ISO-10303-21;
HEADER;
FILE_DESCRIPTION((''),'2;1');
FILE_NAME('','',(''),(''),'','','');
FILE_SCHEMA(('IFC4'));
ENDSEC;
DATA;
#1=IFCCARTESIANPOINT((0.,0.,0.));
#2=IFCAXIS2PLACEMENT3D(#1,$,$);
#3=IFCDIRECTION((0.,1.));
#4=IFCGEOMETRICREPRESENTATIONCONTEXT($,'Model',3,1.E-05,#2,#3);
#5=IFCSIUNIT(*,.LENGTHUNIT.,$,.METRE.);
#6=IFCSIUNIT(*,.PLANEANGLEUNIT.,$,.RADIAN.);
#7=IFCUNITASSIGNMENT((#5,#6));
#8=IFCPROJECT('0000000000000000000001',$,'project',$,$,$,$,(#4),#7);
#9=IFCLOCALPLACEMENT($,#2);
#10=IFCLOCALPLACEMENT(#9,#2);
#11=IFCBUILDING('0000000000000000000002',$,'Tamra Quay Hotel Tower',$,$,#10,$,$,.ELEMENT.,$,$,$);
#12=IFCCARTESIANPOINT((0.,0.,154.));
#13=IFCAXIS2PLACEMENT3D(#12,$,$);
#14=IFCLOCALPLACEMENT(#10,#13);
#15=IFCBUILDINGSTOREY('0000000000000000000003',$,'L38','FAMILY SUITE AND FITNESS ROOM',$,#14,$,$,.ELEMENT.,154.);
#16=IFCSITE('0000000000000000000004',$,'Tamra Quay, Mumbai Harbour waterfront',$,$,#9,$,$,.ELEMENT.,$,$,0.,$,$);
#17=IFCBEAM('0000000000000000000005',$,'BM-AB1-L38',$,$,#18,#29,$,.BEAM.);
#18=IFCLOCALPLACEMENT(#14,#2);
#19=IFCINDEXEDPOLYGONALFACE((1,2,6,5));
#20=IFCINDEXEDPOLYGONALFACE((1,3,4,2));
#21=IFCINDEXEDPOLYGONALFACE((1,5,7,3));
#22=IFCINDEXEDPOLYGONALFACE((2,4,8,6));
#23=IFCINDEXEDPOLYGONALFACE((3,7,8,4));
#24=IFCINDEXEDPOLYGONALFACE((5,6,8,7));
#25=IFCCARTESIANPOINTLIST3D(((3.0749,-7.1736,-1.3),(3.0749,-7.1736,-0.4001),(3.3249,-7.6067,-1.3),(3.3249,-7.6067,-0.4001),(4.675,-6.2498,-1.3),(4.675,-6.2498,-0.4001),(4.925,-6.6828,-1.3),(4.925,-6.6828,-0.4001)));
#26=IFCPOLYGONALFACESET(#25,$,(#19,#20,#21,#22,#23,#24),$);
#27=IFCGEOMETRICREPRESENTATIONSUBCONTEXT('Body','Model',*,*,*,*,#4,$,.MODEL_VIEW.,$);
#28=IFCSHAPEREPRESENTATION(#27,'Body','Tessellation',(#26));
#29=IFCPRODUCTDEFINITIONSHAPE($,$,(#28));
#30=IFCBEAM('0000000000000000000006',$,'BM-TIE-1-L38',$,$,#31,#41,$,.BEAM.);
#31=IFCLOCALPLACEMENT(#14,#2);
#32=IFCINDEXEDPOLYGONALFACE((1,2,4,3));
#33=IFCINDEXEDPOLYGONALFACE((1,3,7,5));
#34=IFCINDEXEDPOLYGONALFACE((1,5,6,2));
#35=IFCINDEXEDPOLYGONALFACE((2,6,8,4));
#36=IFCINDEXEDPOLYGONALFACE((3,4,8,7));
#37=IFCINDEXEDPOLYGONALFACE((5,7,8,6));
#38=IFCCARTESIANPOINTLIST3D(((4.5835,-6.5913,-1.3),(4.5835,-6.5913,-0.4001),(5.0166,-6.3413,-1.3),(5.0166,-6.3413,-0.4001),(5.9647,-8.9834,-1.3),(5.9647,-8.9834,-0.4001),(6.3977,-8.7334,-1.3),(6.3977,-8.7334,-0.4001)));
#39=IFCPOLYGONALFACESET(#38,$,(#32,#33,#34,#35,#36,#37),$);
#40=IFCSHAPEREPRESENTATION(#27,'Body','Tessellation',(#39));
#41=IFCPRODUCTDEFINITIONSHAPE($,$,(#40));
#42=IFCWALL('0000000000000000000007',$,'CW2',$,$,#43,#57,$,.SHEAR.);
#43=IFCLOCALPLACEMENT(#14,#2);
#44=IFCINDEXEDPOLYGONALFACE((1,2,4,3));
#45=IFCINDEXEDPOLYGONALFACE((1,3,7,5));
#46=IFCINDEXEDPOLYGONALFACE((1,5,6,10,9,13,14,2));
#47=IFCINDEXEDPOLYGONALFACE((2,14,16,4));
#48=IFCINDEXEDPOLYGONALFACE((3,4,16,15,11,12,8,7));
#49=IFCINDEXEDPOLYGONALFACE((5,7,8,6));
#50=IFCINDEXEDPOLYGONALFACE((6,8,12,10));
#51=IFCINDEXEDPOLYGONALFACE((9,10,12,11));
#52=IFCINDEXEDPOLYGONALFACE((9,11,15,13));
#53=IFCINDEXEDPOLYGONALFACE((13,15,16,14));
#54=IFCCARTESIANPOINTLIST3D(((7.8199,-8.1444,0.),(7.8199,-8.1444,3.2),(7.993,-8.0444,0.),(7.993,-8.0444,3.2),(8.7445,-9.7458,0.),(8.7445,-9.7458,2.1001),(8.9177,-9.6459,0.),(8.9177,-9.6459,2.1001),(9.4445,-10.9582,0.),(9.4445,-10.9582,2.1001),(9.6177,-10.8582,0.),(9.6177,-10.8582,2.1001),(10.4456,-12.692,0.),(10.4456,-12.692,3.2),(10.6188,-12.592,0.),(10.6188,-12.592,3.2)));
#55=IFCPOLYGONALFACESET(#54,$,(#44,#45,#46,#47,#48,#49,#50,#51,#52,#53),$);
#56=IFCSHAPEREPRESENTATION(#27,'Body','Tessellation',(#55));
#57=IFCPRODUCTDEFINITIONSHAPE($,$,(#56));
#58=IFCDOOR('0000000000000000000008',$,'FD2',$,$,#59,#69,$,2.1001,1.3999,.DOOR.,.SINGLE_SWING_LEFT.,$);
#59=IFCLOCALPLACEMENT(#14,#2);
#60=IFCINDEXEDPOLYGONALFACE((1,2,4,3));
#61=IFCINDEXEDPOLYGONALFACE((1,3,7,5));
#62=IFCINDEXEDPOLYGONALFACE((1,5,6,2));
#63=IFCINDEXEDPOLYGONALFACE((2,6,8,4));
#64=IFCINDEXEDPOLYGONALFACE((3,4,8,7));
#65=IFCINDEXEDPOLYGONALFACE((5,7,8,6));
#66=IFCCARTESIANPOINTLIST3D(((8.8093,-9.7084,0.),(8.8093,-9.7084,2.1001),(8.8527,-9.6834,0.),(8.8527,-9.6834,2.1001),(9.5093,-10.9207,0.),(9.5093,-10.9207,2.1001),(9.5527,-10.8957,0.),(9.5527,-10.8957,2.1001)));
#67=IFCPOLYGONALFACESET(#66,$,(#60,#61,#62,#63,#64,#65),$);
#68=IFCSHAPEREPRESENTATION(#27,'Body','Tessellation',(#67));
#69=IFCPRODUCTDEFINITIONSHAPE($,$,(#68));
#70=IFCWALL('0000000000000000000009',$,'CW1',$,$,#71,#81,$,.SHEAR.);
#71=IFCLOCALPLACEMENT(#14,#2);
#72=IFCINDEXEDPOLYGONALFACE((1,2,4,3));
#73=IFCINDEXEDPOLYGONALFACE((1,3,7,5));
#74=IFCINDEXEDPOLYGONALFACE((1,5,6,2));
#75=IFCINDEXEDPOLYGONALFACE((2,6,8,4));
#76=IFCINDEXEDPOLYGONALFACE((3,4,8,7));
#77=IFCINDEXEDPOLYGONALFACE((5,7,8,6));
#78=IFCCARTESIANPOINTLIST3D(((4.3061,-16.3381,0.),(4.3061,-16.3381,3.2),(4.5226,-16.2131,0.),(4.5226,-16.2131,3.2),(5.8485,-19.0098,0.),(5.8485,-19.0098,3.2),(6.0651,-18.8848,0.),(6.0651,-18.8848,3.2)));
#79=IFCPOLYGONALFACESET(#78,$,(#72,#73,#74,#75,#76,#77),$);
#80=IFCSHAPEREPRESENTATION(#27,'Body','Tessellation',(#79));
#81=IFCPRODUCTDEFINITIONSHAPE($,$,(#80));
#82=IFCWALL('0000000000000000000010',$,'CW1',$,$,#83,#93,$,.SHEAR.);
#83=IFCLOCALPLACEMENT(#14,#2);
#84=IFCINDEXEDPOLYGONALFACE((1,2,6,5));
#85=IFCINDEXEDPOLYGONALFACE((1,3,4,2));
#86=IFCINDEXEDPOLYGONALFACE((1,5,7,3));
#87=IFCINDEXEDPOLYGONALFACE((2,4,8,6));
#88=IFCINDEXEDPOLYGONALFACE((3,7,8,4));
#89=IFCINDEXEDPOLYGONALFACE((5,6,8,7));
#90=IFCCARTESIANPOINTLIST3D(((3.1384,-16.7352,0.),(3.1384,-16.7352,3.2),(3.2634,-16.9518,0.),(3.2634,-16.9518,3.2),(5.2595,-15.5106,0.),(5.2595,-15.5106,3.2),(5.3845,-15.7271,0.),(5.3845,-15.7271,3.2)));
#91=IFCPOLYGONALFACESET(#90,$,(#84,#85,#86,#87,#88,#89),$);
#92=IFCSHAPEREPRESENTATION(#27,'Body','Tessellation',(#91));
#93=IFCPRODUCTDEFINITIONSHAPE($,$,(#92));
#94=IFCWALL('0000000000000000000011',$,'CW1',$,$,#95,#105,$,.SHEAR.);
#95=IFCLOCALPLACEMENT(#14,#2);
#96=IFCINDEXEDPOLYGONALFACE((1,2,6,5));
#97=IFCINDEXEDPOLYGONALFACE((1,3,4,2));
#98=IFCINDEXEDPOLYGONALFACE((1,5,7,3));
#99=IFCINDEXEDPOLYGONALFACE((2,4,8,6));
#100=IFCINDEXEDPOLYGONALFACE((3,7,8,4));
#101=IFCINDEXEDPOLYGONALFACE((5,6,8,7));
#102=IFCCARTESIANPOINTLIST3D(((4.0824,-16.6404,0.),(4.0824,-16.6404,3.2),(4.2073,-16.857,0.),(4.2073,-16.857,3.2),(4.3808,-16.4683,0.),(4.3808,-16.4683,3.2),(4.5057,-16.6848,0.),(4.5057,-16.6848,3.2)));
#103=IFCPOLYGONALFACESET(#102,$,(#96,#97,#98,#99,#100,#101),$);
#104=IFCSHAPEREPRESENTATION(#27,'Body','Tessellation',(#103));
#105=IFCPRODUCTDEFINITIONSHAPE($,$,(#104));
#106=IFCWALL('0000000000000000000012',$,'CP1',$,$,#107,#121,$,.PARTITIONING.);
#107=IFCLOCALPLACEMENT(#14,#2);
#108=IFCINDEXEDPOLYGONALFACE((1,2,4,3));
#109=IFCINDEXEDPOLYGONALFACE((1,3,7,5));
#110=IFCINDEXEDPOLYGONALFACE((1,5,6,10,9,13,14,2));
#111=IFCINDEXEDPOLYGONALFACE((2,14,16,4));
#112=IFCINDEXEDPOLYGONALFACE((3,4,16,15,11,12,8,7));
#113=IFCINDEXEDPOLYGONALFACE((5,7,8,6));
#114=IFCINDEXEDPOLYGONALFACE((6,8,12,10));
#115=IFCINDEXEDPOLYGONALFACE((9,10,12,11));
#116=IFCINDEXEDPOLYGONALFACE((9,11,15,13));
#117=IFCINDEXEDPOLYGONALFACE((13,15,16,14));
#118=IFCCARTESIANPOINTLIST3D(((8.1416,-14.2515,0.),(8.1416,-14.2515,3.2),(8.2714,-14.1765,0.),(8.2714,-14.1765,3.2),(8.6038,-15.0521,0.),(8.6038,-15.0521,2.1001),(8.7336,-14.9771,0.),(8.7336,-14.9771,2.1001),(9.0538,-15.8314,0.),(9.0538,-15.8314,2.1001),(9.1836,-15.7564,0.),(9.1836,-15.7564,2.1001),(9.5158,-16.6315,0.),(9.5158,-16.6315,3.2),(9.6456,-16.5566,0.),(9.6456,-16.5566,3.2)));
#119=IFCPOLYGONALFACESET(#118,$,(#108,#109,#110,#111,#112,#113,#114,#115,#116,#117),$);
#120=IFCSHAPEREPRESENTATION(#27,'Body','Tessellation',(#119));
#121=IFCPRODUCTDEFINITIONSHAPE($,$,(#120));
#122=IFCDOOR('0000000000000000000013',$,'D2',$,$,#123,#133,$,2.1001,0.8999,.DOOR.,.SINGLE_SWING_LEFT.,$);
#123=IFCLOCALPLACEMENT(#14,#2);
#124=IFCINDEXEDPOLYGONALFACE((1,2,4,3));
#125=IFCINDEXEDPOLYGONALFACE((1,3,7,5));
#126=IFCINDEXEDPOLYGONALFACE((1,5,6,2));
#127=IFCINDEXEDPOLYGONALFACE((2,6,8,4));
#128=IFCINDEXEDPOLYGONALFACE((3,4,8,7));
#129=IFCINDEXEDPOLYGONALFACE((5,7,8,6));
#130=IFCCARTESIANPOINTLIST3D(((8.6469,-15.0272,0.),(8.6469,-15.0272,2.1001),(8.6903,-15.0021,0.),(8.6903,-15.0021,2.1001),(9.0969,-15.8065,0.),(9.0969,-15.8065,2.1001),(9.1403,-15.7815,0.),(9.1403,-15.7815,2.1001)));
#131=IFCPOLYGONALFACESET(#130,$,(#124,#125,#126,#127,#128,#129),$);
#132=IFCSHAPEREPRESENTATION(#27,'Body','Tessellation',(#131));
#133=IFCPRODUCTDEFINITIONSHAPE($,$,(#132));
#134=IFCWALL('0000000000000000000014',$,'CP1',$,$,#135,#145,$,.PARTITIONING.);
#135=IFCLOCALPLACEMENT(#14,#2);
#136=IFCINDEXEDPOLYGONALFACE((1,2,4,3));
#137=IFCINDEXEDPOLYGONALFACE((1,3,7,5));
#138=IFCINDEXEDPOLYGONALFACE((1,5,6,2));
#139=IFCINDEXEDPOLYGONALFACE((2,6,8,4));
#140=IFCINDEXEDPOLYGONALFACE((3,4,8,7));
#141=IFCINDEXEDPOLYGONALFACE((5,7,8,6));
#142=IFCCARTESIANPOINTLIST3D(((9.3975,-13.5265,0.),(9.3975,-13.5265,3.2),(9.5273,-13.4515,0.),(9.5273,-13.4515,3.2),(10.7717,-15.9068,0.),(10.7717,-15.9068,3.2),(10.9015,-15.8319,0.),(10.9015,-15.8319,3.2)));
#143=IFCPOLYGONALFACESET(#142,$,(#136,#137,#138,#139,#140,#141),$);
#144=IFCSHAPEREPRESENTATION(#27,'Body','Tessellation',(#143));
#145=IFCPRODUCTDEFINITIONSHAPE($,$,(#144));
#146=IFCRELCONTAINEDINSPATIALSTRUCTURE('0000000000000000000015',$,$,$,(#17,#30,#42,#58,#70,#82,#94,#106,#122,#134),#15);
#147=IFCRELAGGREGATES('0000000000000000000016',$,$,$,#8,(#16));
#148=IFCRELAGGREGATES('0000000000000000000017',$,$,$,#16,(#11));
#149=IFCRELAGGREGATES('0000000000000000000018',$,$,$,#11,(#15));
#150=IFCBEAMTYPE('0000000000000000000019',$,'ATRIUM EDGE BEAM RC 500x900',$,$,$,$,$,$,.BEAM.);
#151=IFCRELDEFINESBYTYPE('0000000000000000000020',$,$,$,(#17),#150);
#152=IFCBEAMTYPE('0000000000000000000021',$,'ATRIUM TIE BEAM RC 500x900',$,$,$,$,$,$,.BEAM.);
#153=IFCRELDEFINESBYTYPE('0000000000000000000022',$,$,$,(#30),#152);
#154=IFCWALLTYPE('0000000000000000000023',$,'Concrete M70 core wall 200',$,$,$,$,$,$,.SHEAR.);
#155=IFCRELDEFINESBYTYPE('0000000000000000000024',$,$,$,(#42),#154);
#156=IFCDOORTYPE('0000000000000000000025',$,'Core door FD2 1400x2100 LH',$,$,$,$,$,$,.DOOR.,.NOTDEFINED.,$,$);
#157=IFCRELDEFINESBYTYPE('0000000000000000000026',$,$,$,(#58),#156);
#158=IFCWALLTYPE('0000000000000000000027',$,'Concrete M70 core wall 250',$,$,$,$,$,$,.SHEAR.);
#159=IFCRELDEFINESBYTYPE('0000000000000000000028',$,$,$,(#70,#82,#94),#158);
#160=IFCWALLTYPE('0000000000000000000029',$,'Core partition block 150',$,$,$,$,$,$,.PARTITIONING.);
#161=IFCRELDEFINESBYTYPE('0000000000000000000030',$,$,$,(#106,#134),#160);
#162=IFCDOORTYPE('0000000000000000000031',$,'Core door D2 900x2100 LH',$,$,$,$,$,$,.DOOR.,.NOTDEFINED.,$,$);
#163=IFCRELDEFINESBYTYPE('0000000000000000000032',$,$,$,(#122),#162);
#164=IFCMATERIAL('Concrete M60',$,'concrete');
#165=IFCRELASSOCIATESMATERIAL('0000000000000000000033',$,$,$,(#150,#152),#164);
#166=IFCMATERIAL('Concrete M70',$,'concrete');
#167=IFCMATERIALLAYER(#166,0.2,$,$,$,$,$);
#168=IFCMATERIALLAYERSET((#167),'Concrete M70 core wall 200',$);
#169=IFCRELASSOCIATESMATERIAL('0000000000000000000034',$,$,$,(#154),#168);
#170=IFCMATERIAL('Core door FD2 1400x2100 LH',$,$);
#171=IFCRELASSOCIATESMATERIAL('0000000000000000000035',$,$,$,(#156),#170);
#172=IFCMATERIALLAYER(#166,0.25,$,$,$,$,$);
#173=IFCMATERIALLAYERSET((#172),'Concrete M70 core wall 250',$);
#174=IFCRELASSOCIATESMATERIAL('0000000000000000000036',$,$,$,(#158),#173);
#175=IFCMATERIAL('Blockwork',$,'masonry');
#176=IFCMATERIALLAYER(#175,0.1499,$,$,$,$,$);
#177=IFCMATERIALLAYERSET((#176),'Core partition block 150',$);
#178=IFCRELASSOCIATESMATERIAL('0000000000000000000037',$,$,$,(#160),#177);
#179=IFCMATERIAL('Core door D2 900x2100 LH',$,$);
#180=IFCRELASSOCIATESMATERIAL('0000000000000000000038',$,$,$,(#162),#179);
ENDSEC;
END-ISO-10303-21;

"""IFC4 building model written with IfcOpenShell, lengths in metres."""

from ifc_helpers import new_model, si_unit, direction, frame, frame_2d, origin, origin_2d, place, context, subcontext, project, spatial, rectangle, extrude, material, layer, layer_set, material_profile, profile_set, type_object, element, fill, save


model = new_model("IFC4")

# Units and contexts
model_context = context("Model", 3, precision=1e-05, world=origin(), true_north=direction((0.0, 1.0)))
body_context = subcontext(model_context, "Body", "Model", "MODEL_VIEW")
ifc_project = project(units=[si_unit("LENGTHUNIT", "METRE"), si_unit("PLANEANGLEUNIT", "RADIAN")], contexts=[model_context])

# Site, building, storey
site_placement = place(None, origin())
site = spatial("IfcSite", under=ifc_project, at=site_placement, Name="Tamra Quay, Mumbai Harbour waterfront", CompositionType="ELEMENT", RefElevation=0.0)
building_placement = place(site_placement, origin())
building = spatial("IfcBuilding", under=site, at=building_placement, Name="Tamra Quay Hotel Tower", CompositionType="ELEMENT")
storey_placement = place(building_placement, frame((0.0, 0.0, 154.0)))
storey = spatial("IfcBuildingStorey", under=building, at=storey_placement, Name="L38", Description="FAMILY SUITE AND FITNESS ROOM", CompositionType="ELEMENT", Elevation=154.0)

# Beams
ifc_material_1 = material(Name="Concrete M60", Category="concrete")
ifc_material_profile_1 = material_profile(ifc_material_1, rectangle(XDim=0.5, YDim=0.8999, at=origin_2d()), Name="ATRIUM EDGE BEAM RC 500x900")
ifc_profile_set_1 = profile_set([ifc_material_profile_1], Name="Concrete M60")
beam_type_1 = type_object("IfcBeamType", Name="ATRIUM EDGE BEAM RC 500x900", PredefinedType="BEAM", material=ifc_profile_set_1)
beam_1_placement = place(storey_placement, frame((4.8, -6.4663, -0.8501), z_axis=(-0.866023, -0.500005, 0.0), x_axis=(0.500005, -0.866023, 0.0)))
element("IfcBeam", 1, at=beam_1_placement, inside=storey, type_object=beam_type_1, Name="BM-AB1-L38", PredefinedType="BEAM", context=body_context, shape_type="SweptSolid", body=[
    extrude(rectangle(XDim=0.5, YDim=0.8999, at=origin_2d()), origin(), (0.0, 0.0, 1.0), 1.8477),
])
ifc_material_profile_2 = material_profile(ifc_material_1, rectangle(XDim=0.5, YDim=0.8999, at=origin_2d()), Name="ATRIUM TIE BEAM RC 500x900")
ifc_profile_set_2 = profile_set([ifc_material_profile_2], Name="Concrete M60")
beam_type_2 = type_object("IfcBeamType", Name="ATRIUM TIE BEAM RC 500x900", PredefinedType="BEAM", material=ifc_profile_set_2)
beam_2_placement = place(storey_placement, frame((4.8, -6.4663, -0.8501), z_axis=(0.500008, -0.866021, 0.0), x_axis=(0.866021, 0.500008, 0.0)))
element("IfcBeam", 2, at=beam_2_placement, inside=storey, type_object=beam_type_2, Name="BM-TIE-1-L38", PredefinedType="BEAM", context=body_context, shape_type="SweptSolid", body=[
    extrude(rectangle(XDim=0.5, YDim=0.8999, at=origin_2d()), origin(), (0.0, 0.0, 1.0), 2.7622),
])

# Wall, opening, door
ifc_material_2 = material(Name="Concrete M70", Category="concrete")
ifc_layer_1 = layer(ifc_material_2, 0.2)
ifc_layer_set_1 = layer_set([ifc_layer_1], Name="Concrete M70 core wall 200")
wall_type_1 = type_object("IfcWallType", Name="Concrete M70 core wall 200", PredefinedType="SHEAR", material=ifc_layer_set_1)
wall_1_placement = place(storey_placement, frame((7.9065, -8.0945, 0.0), z_axis=(0.0, 0.0, 1.0), x_axis=(0.500024, -0.866011, 0.0)))
wall_1 = element("IfcWall", 3, at=wall_1_placement, inside=storey, type_object=wall_type_1, Name="CW2", PredefinedType="SHEAR", context=body_context, shape_type="SweptSolid", body=[
    extrude(rectangle(XDim=5.2512, YDim=0.2, at=frame_2d((2.6255, 0.0))), origin(), (0.0, 0.0, 1.0), 3.2),
])
opening_1_placement = place(wall_1_placement, frame((1.8491, 0.0, 0.0)))
opening_1 = element("IfcOpeningElement", 4, at=opening_1_placement, cuts=wall_1, PredefinedType="OPENING", context=body_context, shape_type="SweptSolid", body=[
    extrude(rectangle(XDim=1.3999, YDim=2.1001, at=frame_2d((0.7, 1.05))), frame((0.0, 0.1099, 0.0), z_axis=(0.0, -1.0, 0.0), x_axis=(1.0, 0.0, 0.0)), (0.0, 0.0, 1.0), 0.22),
])
ifc_material_3 = material(Name="Core door FD2 1400x2100 LH")
door_type_1 = type_object("IfcDoorType", Name="Core door FD2 1400x2100 LH", OperationType="NOTDEFINED", PredefinedType="DOOR", material=ifc_material_3)
door_1_placement = place(opening_1_placement, origin())
door_1 = element("IfcDoor", 5, at=door_1_placement, inside=storey, type_object=door_type_1, Name="FD2", OperationType="SINGLE_SWING_LEFT", OverallHeight=2.1001, OverallWidth=1.3999, PredefinedType="DOOR", context=body_context, shape_type="SweptSolid", body=[
    extrude(rectangle(XDim=1.3999, YDim=2.1001, at=frame_2d((0.7, 1.05))), frame((0.0, 0.0249, 0.0), z_axis=(0.0, -1.0, 0.0), x_axis=(1.0, 0.0, 0.0)), (0.0, 0.0, 1.0), 0.05),
])
fill(opening_1, door_1)

# Walls
ifc_layer_2 = layer(ifc_material_2, 0.25)
ifc_layer_set_2 = layer_set([ifc_layer_2], Name="Concrete M70 core wall 250")
wall_type_2 = type_object("IfcWallType", Name="Concrete M70 core wall 250", PredefinedType="SHEAR", material=ifc_layer_set_2)
wall_2_placement = place(storey_placement, frame((4.4143, -16.2756, 0.0), z_axis=(0.0, 0.0, 1.0), x_axis=(0.500003, -0.866023, 0.0)))
element("IfcWall", 6, at=wall_2_placement, inside=storey, type_object=wall_type_2, Name="CW1", PredefinedType="SHEAR", context=body_context, shape_type="SweptSolid", body=[
    extrude(rectangle(XDim=3.085, YDim=0.25, at=frame_2d((1.5425, 0.0))), origin(), (0.0, 0.0, 1.0), 3.2),
])
wall_3_placement = place(storey_placement, frame((5.322, -15.6189, 0.0), z_axis=(0.0, 0.0, 1.0), x_axis=(-0.866026, -0.499999, 0.0)))
element("IfcWall", 7, at=wall_3_placement, inside=storey, type_object=wall_type_2, Name="CW1", PredefinedType="SHEAR", context=body_context, shape_type="SweptSolid", body=[
    extrude(rectangle(XDim=2.4492, YDim=0.25, at=frame_2d((1.2246, 0.0))), origin(), (0.0, 0.0, 1.0), 3.2),
])
wall_4_placement = place(storey_placement, frame((4.1448, -16.7488, 0.0), z_axis=(0.0, 0.0, 1.0), x_axis=(0.866186, 0.499722, 0.0)))
element("IfcWall", 8, at=wall_4_placement, inside=storey, type_object=wall_type_2, Name="CW1", PredefinedType="SHEAR", context=body_context, shape_type="SweptSolid", body=[
    extrude(rectangle(XDim=0.3445, YDim=0.25, at=frame_2d((0.1724, 0.0))), origin(), (0.0, 0.0, 1.0), 3.2),
])

# Wall, opening, door
ifc_material_4 = material(Name="Blockwork", Category="masonry")
ifc_layer_3 = layer(ifc_material_4, 0.1499)
ifc_layer_set_3 = layer_set([ifc_layer_3], Name="Core partition block 150")
wall_type_3 = type_object("IfcWallType", Name="Core partition block 150", PredefinedType="PARTITIONING", material=ifc_layer_set_3)
wall_5_placement = place(storey_placement, frame((8.2065, -14.2141, 0.0), z_axis=(0.0, 0.0, 1.0), x_axis=(0.500027, -0.86601, 0.0)))
wall_5 = element("IfcWall", 9, at=wall_5_placement, inside=storey, type_object=wall_type_3, Name="CP1", PredefinedType="PARTITIONING", context=body_context, shape_type="SweptSolid", body=[
    extrude(rectangle(XDim=2.7483, YDim=0.1499, at=frame_2d((1.374, 0.0))), origin(), (0.0, 0.0, 1.0), 3.2),
])
opening_2_placement = place(wall_5_placement, frame((0.9243, 0.0, 0.0)))
opening_2 = element("IfcOpeningElement", 10, at=opening_2_placement, cuts=wall_5, PredefinedType="OPENING", context=body_context, shape_type="SweptSolid", body=[
    extrude(rectangle(XDim=0.8999, YDim=2.1001, at=frame_2d((0.45, 1.05))), frame((0.0, 0.085, 0.0), z_axis=(0.0, -1.0, 0.0), x_axis=(1.0, 0.0, 0.0)), (0.0, 0.0, 1.0), 0.1699),
])
ifc_material_5 = material(Name="Core door D2 900x2100 LH")
door_type_2 = type_object("IfcDoorType", Name="Core door D2 900x2100 LH", OperationType="NOTDEFINED", PredefinedType="DOOR", material=ifc_material_5)
door_2_placement = place(opening_2_placement, origin())
door_2 = element("IfcDoor", 11, at=door_2_placement, inside=storey, type_object=door_type_2, Name="D2", OperationType="SINGLE_SWING_LEFT", OverallHeight=2.1001, OverallWidth=0.8999, PredefinedType="DOOR", context=body_context, shape_type="SweptSolid", body=[
    extrude(rectangle(XDim=0.8999, YDim=2.1001, at=frame_2d((0.45, 1.05))), frame((0.0, 0.0249, 0.0), z_axis=(0.0, -1.0, 0.0), x_axis=(1.0, 0.0, 0.0)), (0.0, 0.0, 1.0), 0.05),
])
fill(opening_2, door_2)

# Wall
wall_6_placement = place(storey_placement, frame((9.4624, -13.489, 0.0), z_axis=(0.0, 0.0, 1.0), x_axis=(0.499989, -0.866032, 0.0)))
element("IfcWall", 12, at=wall_6_placement, inside=storey, type_object=wall_type_3, Name="CP1", PredefinedType="PARTITIONING", context=body_context, shape_type="SweptSolid", body=[
    extrude(rectangle(XDim=2.7485, YDim=0.1499, at=frame_2d((1.3743, 0.0))), origin(), (0.0, 0.0, 1.0), 3.2),
])

save(model, "model.ifc")
